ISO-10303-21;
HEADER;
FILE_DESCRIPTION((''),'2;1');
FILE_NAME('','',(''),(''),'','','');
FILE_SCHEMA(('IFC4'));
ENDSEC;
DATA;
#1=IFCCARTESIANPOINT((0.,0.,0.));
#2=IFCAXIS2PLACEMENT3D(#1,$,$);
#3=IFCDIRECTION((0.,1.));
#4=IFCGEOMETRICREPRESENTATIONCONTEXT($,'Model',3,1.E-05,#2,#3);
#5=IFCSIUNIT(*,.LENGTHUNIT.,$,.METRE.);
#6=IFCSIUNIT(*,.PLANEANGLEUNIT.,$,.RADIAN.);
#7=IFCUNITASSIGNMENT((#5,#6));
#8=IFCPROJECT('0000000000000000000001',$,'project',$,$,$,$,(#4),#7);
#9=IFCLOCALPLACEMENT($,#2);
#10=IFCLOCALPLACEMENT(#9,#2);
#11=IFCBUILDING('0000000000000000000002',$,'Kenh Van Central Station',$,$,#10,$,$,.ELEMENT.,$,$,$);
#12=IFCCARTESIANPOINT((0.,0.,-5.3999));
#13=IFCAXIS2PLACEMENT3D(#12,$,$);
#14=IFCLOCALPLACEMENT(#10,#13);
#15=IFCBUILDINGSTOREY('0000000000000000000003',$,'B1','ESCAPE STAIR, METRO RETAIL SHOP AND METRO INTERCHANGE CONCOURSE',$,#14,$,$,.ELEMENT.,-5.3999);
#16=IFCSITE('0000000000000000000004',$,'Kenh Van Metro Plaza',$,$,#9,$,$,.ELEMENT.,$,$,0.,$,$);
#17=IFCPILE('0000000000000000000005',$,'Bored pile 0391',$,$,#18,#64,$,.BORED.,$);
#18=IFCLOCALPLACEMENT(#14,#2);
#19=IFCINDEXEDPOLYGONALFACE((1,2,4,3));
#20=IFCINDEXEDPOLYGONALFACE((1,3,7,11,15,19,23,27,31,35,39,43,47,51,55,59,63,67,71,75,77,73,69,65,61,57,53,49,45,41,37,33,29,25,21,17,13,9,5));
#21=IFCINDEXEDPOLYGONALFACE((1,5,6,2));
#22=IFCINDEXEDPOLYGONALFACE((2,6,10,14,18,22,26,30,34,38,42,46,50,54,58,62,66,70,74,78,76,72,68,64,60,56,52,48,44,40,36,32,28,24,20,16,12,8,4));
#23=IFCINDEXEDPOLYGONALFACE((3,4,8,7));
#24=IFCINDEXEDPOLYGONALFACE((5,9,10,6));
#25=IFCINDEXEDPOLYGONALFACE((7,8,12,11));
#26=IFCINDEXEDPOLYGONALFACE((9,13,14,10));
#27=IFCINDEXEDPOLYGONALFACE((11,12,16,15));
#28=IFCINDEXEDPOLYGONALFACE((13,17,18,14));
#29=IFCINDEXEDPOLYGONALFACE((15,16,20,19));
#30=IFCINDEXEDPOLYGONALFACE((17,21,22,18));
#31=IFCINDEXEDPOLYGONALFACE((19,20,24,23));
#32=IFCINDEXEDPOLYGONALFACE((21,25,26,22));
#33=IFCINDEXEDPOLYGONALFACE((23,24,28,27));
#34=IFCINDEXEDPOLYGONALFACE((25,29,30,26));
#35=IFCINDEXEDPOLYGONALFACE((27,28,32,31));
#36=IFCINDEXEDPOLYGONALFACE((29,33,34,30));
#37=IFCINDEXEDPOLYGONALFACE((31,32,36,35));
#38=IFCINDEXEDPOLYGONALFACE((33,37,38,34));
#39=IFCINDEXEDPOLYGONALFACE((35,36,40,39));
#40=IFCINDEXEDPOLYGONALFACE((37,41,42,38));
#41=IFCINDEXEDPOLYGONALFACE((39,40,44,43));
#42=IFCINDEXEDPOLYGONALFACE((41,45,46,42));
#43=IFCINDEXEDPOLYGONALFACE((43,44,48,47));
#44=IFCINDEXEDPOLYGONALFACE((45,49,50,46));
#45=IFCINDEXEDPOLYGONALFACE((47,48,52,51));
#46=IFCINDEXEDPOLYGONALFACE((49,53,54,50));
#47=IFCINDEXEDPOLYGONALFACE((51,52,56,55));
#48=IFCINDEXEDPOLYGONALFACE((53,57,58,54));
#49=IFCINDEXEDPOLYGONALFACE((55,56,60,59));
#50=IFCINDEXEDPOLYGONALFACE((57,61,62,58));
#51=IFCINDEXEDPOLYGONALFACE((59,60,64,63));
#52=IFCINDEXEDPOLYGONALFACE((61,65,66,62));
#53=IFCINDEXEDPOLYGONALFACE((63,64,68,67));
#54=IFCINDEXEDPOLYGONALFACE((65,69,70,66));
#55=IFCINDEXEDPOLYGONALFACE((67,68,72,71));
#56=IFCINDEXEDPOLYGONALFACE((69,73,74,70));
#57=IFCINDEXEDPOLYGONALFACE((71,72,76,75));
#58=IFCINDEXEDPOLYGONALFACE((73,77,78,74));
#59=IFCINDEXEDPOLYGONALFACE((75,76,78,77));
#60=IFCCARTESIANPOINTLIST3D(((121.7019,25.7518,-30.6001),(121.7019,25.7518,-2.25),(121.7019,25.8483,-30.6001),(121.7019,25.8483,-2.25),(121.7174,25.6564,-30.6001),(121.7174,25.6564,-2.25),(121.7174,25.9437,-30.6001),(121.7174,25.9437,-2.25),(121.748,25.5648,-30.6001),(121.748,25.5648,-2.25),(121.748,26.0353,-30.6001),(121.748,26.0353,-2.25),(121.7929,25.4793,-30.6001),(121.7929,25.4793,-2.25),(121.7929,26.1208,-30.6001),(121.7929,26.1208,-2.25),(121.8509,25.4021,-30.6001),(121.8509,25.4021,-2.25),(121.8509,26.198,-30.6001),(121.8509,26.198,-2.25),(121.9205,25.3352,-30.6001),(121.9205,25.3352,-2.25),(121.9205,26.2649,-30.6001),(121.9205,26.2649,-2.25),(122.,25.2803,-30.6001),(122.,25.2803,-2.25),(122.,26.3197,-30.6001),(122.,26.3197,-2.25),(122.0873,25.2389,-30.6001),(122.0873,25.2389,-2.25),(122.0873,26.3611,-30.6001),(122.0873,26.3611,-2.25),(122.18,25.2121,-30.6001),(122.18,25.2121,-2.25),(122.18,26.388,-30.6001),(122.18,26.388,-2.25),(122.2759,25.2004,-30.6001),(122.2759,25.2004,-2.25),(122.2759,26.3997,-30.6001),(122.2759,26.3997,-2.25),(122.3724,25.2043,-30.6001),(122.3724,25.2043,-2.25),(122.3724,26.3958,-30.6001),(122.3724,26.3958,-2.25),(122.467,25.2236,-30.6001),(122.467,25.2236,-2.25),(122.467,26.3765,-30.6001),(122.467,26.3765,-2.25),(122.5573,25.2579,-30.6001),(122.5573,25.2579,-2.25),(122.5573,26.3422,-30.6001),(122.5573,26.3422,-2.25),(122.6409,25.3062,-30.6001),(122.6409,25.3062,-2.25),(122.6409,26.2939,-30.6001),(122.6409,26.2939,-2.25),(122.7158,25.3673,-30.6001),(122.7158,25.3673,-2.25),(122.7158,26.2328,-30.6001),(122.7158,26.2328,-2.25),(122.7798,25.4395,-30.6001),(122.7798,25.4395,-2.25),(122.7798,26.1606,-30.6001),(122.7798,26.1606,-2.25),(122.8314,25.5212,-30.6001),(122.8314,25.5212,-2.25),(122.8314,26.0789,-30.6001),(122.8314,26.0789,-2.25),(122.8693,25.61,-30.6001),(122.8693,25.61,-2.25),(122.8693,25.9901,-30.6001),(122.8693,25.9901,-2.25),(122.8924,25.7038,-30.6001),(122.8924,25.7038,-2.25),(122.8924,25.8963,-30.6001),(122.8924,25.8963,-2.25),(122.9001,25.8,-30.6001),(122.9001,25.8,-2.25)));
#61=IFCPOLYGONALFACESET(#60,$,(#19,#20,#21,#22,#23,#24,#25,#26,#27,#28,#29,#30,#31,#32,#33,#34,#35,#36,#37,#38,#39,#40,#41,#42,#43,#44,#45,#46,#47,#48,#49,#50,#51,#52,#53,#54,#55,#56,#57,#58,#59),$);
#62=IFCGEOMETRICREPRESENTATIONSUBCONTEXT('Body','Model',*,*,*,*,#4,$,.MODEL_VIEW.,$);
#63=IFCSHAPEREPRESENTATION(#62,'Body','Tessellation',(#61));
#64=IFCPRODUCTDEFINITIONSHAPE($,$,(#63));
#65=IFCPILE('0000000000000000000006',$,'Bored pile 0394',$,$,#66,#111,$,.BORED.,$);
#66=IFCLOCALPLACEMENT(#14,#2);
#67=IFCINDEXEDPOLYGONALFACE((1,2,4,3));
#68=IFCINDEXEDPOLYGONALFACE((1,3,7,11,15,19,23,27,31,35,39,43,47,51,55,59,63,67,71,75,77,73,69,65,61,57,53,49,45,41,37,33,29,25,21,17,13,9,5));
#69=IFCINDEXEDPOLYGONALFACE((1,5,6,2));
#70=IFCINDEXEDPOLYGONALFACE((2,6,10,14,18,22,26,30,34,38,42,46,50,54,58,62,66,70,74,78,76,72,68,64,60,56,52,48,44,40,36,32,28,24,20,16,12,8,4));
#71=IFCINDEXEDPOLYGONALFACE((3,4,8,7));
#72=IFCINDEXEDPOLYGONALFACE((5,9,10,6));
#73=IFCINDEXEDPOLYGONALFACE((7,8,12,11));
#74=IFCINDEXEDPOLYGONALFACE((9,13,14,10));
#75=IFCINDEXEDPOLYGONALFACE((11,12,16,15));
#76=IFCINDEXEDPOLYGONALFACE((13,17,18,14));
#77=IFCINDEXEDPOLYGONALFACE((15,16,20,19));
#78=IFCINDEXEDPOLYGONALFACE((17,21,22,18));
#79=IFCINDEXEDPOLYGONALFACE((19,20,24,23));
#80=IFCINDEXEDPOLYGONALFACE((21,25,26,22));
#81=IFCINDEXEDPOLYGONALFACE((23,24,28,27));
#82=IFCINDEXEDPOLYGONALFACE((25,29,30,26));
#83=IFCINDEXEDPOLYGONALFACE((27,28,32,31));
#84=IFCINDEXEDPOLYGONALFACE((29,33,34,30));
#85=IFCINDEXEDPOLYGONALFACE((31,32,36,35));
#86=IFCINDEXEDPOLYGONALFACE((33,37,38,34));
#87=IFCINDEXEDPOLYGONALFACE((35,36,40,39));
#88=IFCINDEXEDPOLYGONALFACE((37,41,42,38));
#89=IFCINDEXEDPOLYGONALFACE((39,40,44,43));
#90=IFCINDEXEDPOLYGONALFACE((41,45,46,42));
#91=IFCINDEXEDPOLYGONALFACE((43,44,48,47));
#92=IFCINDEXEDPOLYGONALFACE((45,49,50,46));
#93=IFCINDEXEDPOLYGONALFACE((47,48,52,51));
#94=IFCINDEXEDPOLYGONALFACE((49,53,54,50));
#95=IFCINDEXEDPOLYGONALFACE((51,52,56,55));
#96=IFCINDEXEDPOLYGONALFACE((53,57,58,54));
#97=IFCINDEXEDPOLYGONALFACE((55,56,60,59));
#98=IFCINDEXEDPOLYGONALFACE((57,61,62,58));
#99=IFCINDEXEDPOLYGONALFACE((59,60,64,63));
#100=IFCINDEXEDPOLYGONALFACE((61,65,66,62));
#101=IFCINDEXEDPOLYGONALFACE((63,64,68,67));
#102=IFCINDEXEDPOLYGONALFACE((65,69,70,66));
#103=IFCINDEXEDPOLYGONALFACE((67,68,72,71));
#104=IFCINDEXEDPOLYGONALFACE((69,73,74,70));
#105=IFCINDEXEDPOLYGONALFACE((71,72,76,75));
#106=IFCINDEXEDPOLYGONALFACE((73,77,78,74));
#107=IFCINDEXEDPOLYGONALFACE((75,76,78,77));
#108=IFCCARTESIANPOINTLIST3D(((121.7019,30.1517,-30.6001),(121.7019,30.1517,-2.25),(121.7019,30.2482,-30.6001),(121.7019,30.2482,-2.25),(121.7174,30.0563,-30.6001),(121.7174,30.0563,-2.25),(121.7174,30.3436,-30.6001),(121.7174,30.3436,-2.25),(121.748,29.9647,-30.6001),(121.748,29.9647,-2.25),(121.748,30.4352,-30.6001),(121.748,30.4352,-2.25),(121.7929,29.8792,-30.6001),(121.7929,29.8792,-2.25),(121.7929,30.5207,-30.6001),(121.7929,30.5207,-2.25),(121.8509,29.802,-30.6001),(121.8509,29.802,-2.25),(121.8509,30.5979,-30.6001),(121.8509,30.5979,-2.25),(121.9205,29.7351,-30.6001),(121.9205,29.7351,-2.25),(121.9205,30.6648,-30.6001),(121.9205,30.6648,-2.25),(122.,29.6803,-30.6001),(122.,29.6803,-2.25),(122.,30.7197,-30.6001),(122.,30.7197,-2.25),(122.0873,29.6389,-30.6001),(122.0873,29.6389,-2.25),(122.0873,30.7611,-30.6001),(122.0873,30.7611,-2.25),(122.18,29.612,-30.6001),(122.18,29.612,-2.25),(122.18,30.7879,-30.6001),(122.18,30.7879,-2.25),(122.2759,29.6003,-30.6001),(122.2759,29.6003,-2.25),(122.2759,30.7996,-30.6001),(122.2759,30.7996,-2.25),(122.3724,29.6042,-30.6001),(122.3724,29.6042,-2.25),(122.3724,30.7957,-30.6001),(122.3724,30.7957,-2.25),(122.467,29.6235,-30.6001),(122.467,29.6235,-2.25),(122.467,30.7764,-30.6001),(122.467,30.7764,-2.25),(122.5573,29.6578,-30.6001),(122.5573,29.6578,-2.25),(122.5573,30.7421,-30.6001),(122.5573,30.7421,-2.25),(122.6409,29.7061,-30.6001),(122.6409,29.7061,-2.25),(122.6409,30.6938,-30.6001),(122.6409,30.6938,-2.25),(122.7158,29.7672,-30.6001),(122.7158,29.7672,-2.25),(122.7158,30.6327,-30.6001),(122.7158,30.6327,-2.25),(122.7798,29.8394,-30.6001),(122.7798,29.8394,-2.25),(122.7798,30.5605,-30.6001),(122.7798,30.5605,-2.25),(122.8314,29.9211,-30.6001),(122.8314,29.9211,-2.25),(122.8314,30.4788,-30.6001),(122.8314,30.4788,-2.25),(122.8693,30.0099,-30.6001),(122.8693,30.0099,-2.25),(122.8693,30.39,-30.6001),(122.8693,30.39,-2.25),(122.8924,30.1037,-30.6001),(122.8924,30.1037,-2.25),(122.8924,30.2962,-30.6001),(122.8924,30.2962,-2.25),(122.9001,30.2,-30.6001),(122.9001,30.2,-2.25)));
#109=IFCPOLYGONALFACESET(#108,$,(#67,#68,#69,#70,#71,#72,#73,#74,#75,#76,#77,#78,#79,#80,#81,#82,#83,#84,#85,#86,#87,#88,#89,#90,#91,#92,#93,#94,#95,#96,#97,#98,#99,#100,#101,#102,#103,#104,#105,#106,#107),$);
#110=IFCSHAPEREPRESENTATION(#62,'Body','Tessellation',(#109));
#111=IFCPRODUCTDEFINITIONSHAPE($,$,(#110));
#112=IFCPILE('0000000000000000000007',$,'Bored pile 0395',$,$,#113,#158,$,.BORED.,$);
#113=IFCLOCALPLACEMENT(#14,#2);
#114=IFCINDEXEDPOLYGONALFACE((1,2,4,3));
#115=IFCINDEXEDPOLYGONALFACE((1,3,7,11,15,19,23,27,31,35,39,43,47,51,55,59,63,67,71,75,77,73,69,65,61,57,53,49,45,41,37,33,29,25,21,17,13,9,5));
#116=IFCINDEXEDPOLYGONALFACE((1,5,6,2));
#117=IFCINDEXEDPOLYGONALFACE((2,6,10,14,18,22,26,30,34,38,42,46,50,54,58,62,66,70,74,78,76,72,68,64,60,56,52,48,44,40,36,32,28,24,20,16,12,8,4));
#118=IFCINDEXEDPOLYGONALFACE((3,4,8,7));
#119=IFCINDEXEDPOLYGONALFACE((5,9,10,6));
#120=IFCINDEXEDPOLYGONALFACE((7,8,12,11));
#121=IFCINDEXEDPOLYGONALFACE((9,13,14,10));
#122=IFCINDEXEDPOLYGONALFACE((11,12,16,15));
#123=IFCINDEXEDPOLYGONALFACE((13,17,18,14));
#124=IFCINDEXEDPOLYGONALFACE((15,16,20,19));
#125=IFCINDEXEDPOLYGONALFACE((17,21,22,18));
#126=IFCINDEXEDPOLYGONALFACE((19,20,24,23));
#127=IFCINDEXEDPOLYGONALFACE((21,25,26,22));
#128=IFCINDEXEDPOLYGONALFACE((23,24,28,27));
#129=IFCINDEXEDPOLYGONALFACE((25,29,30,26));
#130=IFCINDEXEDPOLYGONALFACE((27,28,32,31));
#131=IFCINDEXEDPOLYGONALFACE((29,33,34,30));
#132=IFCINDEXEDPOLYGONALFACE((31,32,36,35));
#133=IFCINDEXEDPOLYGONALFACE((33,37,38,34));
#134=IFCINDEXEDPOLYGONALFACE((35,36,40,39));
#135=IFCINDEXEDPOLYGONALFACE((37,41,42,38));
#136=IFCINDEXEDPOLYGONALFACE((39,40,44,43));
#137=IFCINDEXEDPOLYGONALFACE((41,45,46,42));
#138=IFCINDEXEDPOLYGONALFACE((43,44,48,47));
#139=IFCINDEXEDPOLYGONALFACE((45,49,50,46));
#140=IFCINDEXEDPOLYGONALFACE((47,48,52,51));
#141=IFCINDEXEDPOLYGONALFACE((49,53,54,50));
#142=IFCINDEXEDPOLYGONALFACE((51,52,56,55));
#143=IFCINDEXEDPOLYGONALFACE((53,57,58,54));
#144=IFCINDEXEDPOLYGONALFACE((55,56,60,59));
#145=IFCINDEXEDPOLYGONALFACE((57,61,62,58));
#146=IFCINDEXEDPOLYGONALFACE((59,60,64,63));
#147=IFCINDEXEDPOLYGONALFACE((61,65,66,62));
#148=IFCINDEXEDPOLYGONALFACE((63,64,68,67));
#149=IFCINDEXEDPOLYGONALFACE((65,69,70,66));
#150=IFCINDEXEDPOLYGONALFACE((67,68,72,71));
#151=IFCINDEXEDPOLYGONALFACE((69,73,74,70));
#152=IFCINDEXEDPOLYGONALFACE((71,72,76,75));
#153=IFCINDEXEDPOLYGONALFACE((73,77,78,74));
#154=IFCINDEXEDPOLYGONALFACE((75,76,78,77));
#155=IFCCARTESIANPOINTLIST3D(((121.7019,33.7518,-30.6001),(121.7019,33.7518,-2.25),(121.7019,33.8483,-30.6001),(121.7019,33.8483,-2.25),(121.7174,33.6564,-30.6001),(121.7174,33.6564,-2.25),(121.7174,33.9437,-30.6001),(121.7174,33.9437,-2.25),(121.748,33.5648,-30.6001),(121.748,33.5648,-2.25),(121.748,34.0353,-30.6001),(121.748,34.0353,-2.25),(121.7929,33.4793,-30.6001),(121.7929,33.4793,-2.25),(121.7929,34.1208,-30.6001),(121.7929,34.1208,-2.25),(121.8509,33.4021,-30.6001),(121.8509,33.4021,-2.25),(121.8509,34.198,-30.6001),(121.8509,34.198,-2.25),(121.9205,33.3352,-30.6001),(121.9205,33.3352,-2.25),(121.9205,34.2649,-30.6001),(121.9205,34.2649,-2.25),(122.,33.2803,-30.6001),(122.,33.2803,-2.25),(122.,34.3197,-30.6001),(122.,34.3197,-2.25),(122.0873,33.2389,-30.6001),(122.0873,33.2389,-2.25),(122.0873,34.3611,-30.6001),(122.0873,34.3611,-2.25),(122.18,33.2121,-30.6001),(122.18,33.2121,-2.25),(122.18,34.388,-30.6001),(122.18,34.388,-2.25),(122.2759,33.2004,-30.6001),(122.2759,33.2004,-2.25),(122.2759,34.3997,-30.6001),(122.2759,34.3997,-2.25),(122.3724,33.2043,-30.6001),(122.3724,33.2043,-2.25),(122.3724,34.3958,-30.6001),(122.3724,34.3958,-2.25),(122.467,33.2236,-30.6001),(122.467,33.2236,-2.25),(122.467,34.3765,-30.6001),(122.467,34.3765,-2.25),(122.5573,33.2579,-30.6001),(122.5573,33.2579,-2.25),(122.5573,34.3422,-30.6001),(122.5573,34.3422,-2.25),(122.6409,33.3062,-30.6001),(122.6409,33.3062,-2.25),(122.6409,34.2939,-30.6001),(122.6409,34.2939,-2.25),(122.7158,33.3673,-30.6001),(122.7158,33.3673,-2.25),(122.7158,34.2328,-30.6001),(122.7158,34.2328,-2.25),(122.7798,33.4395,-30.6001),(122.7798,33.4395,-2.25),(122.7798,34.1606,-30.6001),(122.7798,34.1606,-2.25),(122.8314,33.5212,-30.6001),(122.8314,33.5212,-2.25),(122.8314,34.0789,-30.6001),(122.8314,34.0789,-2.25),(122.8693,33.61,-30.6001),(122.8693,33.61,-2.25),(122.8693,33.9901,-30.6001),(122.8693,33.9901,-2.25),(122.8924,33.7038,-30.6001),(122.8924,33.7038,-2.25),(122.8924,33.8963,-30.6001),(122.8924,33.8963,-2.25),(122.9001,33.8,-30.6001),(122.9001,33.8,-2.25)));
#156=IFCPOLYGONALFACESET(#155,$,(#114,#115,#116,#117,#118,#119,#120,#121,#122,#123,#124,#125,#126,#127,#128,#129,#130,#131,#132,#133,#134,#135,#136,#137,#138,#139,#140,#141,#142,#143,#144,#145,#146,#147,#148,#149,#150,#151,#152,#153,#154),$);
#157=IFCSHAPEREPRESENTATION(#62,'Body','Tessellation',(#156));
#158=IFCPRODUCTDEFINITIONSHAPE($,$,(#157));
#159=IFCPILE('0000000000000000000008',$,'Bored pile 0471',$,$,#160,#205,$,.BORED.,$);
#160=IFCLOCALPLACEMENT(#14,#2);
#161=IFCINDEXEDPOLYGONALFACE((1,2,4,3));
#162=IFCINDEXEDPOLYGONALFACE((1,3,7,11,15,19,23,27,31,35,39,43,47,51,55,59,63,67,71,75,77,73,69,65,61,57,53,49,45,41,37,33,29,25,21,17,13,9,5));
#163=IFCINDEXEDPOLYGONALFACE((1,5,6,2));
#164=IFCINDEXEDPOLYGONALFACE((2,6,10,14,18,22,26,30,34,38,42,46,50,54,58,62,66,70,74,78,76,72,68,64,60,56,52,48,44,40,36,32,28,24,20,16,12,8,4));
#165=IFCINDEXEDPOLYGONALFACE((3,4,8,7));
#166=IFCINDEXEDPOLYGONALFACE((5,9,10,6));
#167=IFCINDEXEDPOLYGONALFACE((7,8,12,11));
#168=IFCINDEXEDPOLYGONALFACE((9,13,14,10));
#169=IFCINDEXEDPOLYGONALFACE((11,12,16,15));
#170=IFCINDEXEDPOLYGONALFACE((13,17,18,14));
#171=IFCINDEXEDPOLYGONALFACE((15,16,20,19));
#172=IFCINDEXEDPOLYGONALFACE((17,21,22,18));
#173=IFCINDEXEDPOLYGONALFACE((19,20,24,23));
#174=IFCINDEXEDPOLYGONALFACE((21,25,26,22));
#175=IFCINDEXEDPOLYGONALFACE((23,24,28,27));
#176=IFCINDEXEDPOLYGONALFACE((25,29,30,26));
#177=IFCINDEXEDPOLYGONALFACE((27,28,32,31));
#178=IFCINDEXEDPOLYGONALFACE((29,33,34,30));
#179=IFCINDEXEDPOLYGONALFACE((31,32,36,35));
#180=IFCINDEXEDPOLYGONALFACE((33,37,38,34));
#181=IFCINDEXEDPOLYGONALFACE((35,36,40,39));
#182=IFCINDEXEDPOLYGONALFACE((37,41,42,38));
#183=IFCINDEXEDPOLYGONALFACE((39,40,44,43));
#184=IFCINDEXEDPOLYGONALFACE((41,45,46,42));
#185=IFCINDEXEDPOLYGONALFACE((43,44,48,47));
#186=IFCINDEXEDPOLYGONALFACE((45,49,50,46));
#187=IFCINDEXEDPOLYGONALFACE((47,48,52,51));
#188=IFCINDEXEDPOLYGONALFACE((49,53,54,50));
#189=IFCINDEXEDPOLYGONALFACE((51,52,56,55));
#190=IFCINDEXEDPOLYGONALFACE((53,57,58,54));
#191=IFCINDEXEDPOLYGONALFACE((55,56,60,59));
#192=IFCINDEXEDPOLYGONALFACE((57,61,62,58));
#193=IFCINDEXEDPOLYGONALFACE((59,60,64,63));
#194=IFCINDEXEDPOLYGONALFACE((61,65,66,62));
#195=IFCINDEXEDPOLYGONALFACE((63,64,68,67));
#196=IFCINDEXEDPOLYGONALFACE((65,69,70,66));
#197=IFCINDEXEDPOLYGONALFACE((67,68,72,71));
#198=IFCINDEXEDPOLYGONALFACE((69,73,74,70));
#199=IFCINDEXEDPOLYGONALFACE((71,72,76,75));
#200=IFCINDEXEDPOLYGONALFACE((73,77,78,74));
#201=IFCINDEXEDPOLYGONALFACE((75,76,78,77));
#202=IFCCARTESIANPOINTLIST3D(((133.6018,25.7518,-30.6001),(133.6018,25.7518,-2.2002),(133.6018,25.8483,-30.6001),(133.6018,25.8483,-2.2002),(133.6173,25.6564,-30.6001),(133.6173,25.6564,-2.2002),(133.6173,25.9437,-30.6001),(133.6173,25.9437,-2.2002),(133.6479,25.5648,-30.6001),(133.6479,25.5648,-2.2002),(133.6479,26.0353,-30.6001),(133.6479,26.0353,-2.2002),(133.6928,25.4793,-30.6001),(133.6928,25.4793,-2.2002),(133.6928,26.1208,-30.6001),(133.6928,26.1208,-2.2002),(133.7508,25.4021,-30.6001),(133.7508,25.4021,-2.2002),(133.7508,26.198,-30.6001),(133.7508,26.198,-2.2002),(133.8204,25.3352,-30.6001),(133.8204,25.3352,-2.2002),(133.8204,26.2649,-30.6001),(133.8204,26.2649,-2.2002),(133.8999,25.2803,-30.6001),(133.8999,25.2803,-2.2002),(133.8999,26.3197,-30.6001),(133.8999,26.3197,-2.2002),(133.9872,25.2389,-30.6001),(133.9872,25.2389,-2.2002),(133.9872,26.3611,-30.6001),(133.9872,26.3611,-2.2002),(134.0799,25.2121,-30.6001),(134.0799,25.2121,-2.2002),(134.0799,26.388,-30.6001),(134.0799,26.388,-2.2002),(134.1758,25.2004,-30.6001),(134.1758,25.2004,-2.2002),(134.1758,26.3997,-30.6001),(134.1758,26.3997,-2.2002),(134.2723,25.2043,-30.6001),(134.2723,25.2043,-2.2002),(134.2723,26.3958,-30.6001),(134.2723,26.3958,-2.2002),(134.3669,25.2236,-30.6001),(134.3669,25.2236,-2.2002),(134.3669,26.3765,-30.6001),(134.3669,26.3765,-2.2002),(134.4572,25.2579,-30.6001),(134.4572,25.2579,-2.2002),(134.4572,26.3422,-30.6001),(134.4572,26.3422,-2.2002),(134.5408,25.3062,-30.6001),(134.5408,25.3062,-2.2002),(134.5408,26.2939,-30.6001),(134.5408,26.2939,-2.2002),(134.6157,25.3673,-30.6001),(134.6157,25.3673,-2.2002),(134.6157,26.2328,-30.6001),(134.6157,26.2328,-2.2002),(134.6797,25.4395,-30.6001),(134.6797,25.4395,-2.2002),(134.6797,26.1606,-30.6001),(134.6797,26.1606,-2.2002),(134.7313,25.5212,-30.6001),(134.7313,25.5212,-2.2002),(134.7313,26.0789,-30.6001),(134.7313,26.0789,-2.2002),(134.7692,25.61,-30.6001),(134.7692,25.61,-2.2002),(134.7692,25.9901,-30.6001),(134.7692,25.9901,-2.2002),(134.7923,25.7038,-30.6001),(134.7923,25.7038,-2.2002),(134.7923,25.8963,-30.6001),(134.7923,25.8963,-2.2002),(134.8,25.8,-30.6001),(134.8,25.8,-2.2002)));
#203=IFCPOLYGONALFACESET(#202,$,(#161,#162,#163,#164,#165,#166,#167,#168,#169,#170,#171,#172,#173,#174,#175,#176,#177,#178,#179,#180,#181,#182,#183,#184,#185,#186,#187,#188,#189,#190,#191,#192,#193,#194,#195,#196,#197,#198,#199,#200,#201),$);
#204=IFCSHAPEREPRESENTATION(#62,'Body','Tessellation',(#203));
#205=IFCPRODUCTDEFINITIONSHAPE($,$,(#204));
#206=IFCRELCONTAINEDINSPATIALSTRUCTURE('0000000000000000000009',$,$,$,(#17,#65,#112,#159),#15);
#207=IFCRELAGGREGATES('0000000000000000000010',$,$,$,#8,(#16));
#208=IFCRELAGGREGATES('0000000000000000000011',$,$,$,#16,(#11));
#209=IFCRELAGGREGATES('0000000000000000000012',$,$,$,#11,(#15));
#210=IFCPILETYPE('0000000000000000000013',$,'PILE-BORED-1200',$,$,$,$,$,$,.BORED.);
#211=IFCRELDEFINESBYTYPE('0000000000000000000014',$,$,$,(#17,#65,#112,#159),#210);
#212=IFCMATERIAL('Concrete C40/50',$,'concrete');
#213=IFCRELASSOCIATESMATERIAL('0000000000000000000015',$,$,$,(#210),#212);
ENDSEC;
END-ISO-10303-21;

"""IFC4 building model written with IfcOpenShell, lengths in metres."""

from ifc_helpers import new_model, si_unit, direction, frame, origin, origin_2d, place, context, subcontext, project, spatial, circle, extrude, material, material_profile, profile_set, type_object, element, save


model = new_model("IFC4")

# Units and contexts
model_context = context("Model", 3, precision=1e-05, world=origin(), true_north=direction((0.0, 1.0)))
body_context = subcontext(model_context, "Body", "Model", "MODEL_VIEW")
ifc_project = project(units=[si_unit("LENGTHUNIT", "METRE"), si_unit("PLANEANGLEUNIT", "RADIAN")], contexts=[model_context])

# Site, building, storey
site_placement = place(None, origin())
site = spatial("IfcSite", under=ifc_project, at=site_placement, Name="Kenh Van Metro Plaza", CompositionType="ELEMENT", RefElevation=0.0)
building_placement = place(site_placement, origin())
building = spatial("IfcBuilding", under=site, at=building_placement, Name="Kenh Van Central Station", CompositionType="ELEMENT")
storey_placement = place(building_placement, frame((0.0, 0.0, -5.3999)))
storey = spatial("IfcBuildingStorey", under=building, at=storey_placement, Name="B1", Description="ESCAPE STAIR, METRO RETAIL SHOP AND METRO INTERCHANGE CONCOURSE", CompositionType="ELEMENT", Elevation=-5.3999)

# Shared definitions
ifc_material_1 = material(Name="Concrete C40/50", Category="concrete")

# Piles
ifc_material_profile_1 = material_profile(ifc_material_1, circle(Radius=0.6001, at=origin_2d()), Name="PILE D1200")
ifc_profile_set_1 = profile_set([ifc_material_profile_1], Name="Concrete C40/50")
pile_type_1 = type_object("IfcPileType", Name="PILE-BORED-1200", PredefinedType="BORED", material=ifc_profile_set_1)
for number, where, z_axis, x_axis, name in (
    (1, (122.3, 25.8, -2.25), (0.0, 0.0, -1.0), (1.0, 0.0, 0.0), "Bored pile 0391"),
    (2, (122.3, 30.2, -2.25), (0.0, 0.0, -1.0), (1.0, 0.0, 0.0), "Bored pile 0394"),
    (3, (122.3, 33.8, -2.25), (0.0, 0.0, -1.0), (1.0, 0.0, 0.0), "Bored pile 0395"),
):
    element("IfcPile", number, at=place(storey_placement, frame(where, z_axis=z_axis, x_axis=x_axis)), inside=storey, type_object=pile_type_1, Name=name, PredefinedType="BORED", context=body_context, shape_type="SweptSolid", body=[
        extrude(circle(Radius=0.6001, at=origin_2d()), origin(), (0.0, 0.0, 1.0), 28.3501),
    ])
for number, where, z_axis, x_axis, name in (
    (4, (134.2, 25.8, -2.2002), (0.0, 0.0, -1.0), (1.0, 0.0, 0.0), "Bored pile 0471"),
):
    element("IfcPile", number, at=place(storey_placement, frame(where, z_axis=z_axis, x_axis=x_axis)), inside=storey, type_object=pile_type_1, Name=name, PredefinedType="BORED", context=body_context, shape_type="SweptSolid", body=[
        extrude(circle(Radius=0.6001, at=origin_2d()), origin(), (0.0, 0.0, 1.0), 28.3999),
    ])

save(model, "model.ifc")
